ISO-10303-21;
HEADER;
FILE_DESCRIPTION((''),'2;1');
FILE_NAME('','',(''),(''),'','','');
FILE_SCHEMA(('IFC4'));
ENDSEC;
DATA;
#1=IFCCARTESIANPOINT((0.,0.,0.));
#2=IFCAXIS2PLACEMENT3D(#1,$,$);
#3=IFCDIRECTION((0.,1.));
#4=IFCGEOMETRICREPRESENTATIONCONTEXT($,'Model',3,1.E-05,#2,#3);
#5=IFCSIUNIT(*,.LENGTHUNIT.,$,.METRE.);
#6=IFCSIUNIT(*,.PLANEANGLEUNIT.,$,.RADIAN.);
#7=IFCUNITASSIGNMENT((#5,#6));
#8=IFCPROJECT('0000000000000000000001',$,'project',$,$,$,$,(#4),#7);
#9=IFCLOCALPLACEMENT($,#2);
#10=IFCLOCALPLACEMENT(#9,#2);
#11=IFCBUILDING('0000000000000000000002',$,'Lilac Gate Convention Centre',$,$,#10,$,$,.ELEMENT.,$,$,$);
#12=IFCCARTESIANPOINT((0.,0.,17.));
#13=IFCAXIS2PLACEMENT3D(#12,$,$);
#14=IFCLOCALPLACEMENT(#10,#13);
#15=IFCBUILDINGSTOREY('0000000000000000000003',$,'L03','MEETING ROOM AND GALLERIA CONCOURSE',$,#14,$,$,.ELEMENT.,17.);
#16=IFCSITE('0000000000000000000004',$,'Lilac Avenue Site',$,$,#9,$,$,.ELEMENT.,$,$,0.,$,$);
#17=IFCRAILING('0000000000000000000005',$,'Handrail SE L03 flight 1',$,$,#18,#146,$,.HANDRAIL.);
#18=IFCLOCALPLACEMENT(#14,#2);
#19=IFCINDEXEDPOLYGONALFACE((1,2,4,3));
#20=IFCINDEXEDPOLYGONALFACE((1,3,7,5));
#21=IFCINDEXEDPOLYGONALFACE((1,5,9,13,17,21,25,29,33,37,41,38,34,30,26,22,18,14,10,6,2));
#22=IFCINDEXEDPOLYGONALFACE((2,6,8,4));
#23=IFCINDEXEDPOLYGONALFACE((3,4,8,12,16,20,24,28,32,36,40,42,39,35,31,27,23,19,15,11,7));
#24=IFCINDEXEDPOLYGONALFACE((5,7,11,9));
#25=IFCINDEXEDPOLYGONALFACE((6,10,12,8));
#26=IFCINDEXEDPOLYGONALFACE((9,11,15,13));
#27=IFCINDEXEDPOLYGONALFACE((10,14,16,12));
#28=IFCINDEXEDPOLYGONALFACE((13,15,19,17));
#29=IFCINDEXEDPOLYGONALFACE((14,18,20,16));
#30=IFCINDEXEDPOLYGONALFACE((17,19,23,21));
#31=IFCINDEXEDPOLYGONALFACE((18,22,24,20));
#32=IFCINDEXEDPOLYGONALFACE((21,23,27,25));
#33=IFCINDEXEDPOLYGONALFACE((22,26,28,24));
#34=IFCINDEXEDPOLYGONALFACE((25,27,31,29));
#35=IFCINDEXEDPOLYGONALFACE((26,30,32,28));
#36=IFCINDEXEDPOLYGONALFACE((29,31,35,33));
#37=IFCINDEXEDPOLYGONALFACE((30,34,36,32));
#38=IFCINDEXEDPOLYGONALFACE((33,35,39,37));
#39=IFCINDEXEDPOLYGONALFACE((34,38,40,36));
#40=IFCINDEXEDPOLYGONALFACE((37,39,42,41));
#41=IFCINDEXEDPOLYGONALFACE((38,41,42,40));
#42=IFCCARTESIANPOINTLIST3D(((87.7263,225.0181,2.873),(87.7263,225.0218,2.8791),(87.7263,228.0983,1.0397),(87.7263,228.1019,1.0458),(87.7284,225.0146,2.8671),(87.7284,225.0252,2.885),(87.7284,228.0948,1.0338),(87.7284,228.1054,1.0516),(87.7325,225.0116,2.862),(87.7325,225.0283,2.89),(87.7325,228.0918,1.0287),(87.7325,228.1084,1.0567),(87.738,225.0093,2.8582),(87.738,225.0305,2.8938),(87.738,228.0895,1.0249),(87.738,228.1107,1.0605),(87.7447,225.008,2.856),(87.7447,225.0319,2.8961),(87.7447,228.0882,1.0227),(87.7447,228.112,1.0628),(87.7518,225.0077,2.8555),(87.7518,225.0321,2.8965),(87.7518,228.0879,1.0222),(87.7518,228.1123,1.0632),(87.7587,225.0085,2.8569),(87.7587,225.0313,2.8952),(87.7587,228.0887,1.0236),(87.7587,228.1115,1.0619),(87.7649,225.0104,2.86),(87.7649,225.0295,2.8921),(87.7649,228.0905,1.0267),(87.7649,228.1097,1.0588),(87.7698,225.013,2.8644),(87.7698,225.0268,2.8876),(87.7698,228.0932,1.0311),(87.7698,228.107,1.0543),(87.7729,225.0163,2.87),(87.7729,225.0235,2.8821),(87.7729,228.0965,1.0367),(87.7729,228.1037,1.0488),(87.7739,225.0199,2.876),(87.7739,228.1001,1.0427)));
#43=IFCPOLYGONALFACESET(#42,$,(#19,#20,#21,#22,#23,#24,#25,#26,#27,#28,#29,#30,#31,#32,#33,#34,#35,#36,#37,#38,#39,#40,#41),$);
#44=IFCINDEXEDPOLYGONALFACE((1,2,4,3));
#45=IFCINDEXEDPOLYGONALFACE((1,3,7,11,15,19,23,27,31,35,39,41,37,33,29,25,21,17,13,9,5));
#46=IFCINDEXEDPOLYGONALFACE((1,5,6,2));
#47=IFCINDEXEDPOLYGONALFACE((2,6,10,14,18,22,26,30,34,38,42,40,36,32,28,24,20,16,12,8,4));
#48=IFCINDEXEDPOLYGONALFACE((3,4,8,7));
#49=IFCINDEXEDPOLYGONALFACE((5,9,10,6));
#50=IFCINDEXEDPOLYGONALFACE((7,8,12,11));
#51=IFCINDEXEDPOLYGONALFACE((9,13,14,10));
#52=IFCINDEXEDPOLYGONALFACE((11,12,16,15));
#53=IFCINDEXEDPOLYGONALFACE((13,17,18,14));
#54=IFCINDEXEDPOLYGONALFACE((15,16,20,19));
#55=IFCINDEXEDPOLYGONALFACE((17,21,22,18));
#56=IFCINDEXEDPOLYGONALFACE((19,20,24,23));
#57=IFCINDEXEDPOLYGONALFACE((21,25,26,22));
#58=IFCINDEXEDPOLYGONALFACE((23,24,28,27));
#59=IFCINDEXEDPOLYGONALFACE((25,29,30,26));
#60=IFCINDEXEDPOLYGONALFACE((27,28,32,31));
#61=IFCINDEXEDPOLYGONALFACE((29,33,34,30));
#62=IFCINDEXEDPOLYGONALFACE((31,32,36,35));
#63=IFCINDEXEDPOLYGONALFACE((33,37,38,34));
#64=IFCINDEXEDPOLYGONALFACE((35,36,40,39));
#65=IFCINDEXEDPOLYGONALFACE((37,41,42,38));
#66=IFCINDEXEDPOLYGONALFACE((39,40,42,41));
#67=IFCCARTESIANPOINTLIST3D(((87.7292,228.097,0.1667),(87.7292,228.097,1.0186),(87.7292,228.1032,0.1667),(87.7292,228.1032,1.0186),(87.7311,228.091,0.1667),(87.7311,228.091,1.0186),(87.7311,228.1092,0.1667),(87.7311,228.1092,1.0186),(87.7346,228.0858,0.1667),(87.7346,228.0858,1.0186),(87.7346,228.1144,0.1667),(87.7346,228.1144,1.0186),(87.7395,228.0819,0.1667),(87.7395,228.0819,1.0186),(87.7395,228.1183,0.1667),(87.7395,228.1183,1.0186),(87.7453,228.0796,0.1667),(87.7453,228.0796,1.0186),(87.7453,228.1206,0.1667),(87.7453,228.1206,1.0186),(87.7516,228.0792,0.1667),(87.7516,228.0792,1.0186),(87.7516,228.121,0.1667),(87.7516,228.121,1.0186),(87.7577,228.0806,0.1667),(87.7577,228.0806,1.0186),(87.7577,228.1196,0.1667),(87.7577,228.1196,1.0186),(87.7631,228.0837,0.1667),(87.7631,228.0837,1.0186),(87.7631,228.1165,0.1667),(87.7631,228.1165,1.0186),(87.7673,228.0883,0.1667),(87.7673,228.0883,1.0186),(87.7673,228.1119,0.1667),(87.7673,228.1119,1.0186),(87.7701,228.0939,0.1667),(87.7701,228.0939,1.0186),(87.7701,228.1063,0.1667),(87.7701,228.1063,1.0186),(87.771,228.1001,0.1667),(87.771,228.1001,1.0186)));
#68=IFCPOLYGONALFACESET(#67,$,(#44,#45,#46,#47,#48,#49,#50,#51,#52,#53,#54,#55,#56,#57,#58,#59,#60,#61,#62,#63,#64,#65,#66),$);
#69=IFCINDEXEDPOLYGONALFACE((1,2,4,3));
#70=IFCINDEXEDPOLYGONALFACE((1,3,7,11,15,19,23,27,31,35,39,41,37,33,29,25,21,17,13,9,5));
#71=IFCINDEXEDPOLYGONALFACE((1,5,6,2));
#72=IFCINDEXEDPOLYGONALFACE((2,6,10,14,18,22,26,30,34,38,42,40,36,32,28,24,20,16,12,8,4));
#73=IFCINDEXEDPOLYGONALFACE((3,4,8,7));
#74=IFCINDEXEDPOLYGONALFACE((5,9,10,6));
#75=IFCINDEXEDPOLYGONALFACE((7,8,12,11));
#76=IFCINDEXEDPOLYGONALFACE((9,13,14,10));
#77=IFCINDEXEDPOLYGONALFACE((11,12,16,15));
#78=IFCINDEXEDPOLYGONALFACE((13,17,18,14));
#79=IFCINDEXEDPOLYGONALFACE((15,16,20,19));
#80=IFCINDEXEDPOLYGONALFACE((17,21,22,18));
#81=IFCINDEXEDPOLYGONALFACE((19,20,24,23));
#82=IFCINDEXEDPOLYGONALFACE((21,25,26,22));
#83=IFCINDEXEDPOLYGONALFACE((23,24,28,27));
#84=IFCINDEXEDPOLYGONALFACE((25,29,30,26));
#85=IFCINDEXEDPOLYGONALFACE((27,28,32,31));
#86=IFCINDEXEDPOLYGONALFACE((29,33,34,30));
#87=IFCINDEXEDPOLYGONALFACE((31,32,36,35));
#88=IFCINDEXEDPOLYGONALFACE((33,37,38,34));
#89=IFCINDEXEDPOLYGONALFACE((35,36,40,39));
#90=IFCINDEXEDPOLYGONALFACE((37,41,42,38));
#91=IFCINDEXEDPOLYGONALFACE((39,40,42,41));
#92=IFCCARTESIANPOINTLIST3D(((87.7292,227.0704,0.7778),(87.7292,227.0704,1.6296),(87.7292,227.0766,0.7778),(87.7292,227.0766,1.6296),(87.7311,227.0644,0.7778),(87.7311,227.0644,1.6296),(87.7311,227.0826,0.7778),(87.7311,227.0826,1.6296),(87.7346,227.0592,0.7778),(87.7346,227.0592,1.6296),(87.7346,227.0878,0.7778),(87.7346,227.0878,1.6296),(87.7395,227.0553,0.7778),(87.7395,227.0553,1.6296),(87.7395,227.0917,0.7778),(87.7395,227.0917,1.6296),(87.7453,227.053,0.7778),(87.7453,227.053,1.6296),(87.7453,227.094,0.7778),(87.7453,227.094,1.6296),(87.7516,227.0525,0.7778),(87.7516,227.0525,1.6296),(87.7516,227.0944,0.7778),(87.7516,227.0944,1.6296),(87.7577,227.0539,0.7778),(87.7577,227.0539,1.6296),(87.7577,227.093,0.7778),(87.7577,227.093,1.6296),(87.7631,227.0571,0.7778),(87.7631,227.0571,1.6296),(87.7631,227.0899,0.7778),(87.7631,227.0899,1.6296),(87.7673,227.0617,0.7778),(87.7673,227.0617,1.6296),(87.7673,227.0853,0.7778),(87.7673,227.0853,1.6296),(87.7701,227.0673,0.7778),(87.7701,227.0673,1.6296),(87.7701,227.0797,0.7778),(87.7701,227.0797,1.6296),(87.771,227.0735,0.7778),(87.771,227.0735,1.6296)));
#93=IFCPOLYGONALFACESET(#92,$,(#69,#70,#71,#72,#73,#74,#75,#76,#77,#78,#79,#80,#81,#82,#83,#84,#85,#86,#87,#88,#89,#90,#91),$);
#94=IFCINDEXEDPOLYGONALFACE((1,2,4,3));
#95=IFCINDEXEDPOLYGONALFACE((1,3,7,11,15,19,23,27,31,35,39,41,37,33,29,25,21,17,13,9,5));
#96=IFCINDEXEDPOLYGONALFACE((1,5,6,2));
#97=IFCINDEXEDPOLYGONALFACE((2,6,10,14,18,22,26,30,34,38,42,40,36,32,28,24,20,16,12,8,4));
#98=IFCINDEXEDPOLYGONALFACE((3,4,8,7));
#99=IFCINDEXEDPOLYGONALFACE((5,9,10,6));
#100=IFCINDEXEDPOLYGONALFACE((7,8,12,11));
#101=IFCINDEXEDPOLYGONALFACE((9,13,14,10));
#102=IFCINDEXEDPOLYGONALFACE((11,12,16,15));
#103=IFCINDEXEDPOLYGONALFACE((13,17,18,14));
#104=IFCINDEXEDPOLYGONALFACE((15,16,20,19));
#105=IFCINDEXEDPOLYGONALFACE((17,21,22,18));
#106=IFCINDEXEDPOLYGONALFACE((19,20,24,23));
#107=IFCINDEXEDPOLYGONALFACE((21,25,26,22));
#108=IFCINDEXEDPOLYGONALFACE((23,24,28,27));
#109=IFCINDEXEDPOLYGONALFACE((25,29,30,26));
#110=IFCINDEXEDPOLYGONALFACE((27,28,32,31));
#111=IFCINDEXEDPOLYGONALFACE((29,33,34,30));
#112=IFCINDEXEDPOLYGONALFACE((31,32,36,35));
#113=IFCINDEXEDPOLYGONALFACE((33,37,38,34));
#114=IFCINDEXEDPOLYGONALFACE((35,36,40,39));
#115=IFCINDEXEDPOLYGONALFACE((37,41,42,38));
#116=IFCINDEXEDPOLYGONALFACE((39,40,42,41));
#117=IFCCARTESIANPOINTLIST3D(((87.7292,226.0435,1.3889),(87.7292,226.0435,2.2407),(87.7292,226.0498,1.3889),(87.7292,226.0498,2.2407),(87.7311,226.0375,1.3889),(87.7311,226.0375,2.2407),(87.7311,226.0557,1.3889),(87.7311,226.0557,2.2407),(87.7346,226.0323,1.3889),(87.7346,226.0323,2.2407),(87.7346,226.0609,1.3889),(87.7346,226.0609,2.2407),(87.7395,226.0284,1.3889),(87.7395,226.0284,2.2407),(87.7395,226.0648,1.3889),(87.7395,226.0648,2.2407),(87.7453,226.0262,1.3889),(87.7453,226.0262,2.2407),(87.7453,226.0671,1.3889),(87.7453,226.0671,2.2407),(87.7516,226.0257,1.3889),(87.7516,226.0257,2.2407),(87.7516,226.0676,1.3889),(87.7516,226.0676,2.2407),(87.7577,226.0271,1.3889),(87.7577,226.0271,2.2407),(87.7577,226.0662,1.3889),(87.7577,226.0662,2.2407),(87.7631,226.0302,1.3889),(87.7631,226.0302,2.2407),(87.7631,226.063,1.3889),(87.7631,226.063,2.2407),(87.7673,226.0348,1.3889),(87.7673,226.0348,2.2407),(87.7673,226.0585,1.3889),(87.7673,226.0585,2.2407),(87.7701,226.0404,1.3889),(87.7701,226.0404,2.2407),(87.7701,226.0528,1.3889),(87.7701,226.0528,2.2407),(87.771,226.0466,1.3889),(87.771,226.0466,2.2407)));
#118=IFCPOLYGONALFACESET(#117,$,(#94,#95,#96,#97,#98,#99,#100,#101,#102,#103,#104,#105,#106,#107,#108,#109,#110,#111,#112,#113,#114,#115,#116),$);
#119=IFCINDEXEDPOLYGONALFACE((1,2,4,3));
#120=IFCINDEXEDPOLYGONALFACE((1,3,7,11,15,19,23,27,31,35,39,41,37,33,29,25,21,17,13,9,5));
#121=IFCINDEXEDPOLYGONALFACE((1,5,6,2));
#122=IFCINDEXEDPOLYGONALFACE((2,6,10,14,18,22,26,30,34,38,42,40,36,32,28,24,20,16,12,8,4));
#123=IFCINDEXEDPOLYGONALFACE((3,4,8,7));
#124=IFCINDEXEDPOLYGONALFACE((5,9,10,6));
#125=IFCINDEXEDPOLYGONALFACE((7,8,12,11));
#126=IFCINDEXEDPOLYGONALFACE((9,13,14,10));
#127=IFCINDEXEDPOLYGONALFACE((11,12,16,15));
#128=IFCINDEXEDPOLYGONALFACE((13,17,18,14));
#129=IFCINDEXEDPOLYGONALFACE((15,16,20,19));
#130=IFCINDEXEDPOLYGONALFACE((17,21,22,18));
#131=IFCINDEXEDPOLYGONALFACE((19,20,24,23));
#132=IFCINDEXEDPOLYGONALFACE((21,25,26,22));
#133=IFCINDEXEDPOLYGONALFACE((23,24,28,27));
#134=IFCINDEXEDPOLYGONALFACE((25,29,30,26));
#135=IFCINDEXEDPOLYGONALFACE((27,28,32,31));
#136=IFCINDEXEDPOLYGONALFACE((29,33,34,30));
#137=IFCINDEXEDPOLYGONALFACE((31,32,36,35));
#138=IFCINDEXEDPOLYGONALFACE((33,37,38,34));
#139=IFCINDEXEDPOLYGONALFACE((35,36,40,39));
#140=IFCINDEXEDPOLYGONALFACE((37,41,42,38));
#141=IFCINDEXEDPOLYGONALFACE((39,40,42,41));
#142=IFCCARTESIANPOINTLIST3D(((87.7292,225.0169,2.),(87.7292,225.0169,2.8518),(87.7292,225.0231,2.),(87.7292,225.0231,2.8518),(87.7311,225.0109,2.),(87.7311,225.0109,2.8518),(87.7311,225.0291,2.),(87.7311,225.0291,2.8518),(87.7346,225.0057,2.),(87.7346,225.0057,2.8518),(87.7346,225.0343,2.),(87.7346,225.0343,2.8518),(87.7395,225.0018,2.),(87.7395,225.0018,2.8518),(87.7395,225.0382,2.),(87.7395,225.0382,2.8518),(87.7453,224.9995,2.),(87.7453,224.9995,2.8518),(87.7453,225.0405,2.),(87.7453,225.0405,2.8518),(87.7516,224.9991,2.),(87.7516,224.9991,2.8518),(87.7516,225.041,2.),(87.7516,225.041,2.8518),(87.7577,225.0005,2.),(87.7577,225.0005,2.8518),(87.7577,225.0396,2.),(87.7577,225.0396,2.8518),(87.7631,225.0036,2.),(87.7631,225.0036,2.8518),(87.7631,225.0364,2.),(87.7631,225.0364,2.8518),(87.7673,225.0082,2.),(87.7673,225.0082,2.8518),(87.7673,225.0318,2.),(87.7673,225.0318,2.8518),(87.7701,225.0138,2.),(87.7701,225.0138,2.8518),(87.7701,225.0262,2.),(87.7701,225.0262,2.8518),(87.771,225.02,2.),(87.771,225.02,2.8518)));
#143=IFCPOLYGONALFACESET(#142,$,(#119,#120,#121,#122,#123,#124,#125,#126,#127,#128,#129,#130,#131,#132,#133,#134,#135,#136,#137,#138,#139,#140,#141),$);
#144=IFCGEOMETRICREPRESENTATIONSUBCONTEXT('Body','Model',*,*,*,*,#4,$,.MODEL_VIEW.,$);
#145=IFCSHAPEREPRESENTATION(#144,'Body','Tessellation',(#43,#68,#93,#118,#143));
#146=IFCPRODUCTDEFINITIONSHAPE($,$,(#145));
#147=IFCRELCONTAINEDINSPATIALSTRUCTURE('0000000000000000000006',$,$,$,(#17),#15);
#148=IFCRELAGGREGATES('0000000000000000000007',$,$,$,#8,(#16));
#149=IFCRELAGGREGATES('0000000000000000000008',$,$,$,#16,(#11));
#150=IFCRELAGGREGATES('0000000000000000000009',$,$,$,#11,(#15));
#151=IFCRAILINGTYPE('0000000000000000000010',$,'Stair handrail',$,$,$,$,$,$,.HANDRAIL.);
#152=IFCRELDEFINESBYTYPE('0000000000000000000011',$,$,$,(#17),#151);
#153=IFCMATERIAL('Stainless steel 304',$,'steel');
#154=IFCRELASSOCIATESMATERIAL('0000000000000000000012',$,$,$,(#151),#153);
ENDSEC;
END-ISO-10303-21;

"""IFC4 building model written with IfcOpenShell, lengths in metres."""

from ifc_helpers import new_model, si_unit, direction, frame, origin, origin_2d, place, context, subcontext, project, spatial, circle, extrude, material, type_object, element, save


model = new_model("IFC4")

# Units and contexts
model_context = context("Model", 3, precision=1e-05, world=origin(), true_north=direction((0.0, 1.0)))
body_context = subcontext(model_context, "Body", "Model", "MODEL_VIEW")
ifc_project = project(units=[si_unit("LENGTHUNIT", "METRE"), si_unit("PLANEANGLEUNIT", "RADIAN")], contexts=[model_context])

# Site, building, storey
site_placement = place(None, origin())
site = spatial("IfcSite", under=ifc_project, at=site_placement, Name="Lilac Avenue Site", CompositionType="ELEMENT", RefElevation=0.0)
building_placement = place(site_placement, origin())
building = spatial("IfcBuilding", under=site, at=building_placement, Name="Lilac Gate Convention Centre", CompositionType="ELEMENT")
storey_placement = place(building_placement, frame((0.0, 0.0, 17.0)))
storey = spatial("IfcBuildingStorey", under=building, at=storey_placement, Name="L03", Description="MEETING ROOM AND GALLERIA CONCOURSE", CompositionType="ELEMENT", Elevation=17.0)

# Railing
ifc_material_1 = material(Name="Stainless steel 304", Category="steel")
railing_type = type_object("IfcRailingType", Name="Stair handrail", PredefinedType="HANDRAIL", material=ifc_material_1)
for number, where, name in (
    (1, (87.75, 228.1001, 0.1667), "Handrail SE L03 flight 1"),
):
    element("IfcRailing", number, at=place(storey_placement, frame(where)), inside=storey, type_object=railing_type, Name=name, PredefinedType="HANDRAIL", context=body_context, shape_type="SweptSolid", body=[
        extrude(circle(Radius=0.0239, at=origin_2d()), frame((0.0, 0.0, 0.876), z_axis=(0.0, -0.859309, 0.511458), x_axis=(1.0, 0.0, 0.0)), (0.0, 0.0, 1.0), 3.5845),
        extrude(circle(Radius=0.021, at=origin_2d()), origin(), (0.0, 0.0, 1.0), 0.8518),
        extrude(circle(Radius=0.021, at=origin_2d()), frame((0.0, -1.0266, 0.6111)), (0.0, 0.0, 1.0), 0.8518),
        extrude(circle(Radius=0.021, at=origin_2d()), frame((0.0, -2.0535, 1.2222)), (0.0, 0.0, 1.0), 0.8518),
        extrude(circle(Radius=0.021, at=origin_2d()), frame((0.0, -3.0801, 1.8333)), (0.0, 0.0, 1.0), 0.8518),
    ])

save(model, "model.ifc")
